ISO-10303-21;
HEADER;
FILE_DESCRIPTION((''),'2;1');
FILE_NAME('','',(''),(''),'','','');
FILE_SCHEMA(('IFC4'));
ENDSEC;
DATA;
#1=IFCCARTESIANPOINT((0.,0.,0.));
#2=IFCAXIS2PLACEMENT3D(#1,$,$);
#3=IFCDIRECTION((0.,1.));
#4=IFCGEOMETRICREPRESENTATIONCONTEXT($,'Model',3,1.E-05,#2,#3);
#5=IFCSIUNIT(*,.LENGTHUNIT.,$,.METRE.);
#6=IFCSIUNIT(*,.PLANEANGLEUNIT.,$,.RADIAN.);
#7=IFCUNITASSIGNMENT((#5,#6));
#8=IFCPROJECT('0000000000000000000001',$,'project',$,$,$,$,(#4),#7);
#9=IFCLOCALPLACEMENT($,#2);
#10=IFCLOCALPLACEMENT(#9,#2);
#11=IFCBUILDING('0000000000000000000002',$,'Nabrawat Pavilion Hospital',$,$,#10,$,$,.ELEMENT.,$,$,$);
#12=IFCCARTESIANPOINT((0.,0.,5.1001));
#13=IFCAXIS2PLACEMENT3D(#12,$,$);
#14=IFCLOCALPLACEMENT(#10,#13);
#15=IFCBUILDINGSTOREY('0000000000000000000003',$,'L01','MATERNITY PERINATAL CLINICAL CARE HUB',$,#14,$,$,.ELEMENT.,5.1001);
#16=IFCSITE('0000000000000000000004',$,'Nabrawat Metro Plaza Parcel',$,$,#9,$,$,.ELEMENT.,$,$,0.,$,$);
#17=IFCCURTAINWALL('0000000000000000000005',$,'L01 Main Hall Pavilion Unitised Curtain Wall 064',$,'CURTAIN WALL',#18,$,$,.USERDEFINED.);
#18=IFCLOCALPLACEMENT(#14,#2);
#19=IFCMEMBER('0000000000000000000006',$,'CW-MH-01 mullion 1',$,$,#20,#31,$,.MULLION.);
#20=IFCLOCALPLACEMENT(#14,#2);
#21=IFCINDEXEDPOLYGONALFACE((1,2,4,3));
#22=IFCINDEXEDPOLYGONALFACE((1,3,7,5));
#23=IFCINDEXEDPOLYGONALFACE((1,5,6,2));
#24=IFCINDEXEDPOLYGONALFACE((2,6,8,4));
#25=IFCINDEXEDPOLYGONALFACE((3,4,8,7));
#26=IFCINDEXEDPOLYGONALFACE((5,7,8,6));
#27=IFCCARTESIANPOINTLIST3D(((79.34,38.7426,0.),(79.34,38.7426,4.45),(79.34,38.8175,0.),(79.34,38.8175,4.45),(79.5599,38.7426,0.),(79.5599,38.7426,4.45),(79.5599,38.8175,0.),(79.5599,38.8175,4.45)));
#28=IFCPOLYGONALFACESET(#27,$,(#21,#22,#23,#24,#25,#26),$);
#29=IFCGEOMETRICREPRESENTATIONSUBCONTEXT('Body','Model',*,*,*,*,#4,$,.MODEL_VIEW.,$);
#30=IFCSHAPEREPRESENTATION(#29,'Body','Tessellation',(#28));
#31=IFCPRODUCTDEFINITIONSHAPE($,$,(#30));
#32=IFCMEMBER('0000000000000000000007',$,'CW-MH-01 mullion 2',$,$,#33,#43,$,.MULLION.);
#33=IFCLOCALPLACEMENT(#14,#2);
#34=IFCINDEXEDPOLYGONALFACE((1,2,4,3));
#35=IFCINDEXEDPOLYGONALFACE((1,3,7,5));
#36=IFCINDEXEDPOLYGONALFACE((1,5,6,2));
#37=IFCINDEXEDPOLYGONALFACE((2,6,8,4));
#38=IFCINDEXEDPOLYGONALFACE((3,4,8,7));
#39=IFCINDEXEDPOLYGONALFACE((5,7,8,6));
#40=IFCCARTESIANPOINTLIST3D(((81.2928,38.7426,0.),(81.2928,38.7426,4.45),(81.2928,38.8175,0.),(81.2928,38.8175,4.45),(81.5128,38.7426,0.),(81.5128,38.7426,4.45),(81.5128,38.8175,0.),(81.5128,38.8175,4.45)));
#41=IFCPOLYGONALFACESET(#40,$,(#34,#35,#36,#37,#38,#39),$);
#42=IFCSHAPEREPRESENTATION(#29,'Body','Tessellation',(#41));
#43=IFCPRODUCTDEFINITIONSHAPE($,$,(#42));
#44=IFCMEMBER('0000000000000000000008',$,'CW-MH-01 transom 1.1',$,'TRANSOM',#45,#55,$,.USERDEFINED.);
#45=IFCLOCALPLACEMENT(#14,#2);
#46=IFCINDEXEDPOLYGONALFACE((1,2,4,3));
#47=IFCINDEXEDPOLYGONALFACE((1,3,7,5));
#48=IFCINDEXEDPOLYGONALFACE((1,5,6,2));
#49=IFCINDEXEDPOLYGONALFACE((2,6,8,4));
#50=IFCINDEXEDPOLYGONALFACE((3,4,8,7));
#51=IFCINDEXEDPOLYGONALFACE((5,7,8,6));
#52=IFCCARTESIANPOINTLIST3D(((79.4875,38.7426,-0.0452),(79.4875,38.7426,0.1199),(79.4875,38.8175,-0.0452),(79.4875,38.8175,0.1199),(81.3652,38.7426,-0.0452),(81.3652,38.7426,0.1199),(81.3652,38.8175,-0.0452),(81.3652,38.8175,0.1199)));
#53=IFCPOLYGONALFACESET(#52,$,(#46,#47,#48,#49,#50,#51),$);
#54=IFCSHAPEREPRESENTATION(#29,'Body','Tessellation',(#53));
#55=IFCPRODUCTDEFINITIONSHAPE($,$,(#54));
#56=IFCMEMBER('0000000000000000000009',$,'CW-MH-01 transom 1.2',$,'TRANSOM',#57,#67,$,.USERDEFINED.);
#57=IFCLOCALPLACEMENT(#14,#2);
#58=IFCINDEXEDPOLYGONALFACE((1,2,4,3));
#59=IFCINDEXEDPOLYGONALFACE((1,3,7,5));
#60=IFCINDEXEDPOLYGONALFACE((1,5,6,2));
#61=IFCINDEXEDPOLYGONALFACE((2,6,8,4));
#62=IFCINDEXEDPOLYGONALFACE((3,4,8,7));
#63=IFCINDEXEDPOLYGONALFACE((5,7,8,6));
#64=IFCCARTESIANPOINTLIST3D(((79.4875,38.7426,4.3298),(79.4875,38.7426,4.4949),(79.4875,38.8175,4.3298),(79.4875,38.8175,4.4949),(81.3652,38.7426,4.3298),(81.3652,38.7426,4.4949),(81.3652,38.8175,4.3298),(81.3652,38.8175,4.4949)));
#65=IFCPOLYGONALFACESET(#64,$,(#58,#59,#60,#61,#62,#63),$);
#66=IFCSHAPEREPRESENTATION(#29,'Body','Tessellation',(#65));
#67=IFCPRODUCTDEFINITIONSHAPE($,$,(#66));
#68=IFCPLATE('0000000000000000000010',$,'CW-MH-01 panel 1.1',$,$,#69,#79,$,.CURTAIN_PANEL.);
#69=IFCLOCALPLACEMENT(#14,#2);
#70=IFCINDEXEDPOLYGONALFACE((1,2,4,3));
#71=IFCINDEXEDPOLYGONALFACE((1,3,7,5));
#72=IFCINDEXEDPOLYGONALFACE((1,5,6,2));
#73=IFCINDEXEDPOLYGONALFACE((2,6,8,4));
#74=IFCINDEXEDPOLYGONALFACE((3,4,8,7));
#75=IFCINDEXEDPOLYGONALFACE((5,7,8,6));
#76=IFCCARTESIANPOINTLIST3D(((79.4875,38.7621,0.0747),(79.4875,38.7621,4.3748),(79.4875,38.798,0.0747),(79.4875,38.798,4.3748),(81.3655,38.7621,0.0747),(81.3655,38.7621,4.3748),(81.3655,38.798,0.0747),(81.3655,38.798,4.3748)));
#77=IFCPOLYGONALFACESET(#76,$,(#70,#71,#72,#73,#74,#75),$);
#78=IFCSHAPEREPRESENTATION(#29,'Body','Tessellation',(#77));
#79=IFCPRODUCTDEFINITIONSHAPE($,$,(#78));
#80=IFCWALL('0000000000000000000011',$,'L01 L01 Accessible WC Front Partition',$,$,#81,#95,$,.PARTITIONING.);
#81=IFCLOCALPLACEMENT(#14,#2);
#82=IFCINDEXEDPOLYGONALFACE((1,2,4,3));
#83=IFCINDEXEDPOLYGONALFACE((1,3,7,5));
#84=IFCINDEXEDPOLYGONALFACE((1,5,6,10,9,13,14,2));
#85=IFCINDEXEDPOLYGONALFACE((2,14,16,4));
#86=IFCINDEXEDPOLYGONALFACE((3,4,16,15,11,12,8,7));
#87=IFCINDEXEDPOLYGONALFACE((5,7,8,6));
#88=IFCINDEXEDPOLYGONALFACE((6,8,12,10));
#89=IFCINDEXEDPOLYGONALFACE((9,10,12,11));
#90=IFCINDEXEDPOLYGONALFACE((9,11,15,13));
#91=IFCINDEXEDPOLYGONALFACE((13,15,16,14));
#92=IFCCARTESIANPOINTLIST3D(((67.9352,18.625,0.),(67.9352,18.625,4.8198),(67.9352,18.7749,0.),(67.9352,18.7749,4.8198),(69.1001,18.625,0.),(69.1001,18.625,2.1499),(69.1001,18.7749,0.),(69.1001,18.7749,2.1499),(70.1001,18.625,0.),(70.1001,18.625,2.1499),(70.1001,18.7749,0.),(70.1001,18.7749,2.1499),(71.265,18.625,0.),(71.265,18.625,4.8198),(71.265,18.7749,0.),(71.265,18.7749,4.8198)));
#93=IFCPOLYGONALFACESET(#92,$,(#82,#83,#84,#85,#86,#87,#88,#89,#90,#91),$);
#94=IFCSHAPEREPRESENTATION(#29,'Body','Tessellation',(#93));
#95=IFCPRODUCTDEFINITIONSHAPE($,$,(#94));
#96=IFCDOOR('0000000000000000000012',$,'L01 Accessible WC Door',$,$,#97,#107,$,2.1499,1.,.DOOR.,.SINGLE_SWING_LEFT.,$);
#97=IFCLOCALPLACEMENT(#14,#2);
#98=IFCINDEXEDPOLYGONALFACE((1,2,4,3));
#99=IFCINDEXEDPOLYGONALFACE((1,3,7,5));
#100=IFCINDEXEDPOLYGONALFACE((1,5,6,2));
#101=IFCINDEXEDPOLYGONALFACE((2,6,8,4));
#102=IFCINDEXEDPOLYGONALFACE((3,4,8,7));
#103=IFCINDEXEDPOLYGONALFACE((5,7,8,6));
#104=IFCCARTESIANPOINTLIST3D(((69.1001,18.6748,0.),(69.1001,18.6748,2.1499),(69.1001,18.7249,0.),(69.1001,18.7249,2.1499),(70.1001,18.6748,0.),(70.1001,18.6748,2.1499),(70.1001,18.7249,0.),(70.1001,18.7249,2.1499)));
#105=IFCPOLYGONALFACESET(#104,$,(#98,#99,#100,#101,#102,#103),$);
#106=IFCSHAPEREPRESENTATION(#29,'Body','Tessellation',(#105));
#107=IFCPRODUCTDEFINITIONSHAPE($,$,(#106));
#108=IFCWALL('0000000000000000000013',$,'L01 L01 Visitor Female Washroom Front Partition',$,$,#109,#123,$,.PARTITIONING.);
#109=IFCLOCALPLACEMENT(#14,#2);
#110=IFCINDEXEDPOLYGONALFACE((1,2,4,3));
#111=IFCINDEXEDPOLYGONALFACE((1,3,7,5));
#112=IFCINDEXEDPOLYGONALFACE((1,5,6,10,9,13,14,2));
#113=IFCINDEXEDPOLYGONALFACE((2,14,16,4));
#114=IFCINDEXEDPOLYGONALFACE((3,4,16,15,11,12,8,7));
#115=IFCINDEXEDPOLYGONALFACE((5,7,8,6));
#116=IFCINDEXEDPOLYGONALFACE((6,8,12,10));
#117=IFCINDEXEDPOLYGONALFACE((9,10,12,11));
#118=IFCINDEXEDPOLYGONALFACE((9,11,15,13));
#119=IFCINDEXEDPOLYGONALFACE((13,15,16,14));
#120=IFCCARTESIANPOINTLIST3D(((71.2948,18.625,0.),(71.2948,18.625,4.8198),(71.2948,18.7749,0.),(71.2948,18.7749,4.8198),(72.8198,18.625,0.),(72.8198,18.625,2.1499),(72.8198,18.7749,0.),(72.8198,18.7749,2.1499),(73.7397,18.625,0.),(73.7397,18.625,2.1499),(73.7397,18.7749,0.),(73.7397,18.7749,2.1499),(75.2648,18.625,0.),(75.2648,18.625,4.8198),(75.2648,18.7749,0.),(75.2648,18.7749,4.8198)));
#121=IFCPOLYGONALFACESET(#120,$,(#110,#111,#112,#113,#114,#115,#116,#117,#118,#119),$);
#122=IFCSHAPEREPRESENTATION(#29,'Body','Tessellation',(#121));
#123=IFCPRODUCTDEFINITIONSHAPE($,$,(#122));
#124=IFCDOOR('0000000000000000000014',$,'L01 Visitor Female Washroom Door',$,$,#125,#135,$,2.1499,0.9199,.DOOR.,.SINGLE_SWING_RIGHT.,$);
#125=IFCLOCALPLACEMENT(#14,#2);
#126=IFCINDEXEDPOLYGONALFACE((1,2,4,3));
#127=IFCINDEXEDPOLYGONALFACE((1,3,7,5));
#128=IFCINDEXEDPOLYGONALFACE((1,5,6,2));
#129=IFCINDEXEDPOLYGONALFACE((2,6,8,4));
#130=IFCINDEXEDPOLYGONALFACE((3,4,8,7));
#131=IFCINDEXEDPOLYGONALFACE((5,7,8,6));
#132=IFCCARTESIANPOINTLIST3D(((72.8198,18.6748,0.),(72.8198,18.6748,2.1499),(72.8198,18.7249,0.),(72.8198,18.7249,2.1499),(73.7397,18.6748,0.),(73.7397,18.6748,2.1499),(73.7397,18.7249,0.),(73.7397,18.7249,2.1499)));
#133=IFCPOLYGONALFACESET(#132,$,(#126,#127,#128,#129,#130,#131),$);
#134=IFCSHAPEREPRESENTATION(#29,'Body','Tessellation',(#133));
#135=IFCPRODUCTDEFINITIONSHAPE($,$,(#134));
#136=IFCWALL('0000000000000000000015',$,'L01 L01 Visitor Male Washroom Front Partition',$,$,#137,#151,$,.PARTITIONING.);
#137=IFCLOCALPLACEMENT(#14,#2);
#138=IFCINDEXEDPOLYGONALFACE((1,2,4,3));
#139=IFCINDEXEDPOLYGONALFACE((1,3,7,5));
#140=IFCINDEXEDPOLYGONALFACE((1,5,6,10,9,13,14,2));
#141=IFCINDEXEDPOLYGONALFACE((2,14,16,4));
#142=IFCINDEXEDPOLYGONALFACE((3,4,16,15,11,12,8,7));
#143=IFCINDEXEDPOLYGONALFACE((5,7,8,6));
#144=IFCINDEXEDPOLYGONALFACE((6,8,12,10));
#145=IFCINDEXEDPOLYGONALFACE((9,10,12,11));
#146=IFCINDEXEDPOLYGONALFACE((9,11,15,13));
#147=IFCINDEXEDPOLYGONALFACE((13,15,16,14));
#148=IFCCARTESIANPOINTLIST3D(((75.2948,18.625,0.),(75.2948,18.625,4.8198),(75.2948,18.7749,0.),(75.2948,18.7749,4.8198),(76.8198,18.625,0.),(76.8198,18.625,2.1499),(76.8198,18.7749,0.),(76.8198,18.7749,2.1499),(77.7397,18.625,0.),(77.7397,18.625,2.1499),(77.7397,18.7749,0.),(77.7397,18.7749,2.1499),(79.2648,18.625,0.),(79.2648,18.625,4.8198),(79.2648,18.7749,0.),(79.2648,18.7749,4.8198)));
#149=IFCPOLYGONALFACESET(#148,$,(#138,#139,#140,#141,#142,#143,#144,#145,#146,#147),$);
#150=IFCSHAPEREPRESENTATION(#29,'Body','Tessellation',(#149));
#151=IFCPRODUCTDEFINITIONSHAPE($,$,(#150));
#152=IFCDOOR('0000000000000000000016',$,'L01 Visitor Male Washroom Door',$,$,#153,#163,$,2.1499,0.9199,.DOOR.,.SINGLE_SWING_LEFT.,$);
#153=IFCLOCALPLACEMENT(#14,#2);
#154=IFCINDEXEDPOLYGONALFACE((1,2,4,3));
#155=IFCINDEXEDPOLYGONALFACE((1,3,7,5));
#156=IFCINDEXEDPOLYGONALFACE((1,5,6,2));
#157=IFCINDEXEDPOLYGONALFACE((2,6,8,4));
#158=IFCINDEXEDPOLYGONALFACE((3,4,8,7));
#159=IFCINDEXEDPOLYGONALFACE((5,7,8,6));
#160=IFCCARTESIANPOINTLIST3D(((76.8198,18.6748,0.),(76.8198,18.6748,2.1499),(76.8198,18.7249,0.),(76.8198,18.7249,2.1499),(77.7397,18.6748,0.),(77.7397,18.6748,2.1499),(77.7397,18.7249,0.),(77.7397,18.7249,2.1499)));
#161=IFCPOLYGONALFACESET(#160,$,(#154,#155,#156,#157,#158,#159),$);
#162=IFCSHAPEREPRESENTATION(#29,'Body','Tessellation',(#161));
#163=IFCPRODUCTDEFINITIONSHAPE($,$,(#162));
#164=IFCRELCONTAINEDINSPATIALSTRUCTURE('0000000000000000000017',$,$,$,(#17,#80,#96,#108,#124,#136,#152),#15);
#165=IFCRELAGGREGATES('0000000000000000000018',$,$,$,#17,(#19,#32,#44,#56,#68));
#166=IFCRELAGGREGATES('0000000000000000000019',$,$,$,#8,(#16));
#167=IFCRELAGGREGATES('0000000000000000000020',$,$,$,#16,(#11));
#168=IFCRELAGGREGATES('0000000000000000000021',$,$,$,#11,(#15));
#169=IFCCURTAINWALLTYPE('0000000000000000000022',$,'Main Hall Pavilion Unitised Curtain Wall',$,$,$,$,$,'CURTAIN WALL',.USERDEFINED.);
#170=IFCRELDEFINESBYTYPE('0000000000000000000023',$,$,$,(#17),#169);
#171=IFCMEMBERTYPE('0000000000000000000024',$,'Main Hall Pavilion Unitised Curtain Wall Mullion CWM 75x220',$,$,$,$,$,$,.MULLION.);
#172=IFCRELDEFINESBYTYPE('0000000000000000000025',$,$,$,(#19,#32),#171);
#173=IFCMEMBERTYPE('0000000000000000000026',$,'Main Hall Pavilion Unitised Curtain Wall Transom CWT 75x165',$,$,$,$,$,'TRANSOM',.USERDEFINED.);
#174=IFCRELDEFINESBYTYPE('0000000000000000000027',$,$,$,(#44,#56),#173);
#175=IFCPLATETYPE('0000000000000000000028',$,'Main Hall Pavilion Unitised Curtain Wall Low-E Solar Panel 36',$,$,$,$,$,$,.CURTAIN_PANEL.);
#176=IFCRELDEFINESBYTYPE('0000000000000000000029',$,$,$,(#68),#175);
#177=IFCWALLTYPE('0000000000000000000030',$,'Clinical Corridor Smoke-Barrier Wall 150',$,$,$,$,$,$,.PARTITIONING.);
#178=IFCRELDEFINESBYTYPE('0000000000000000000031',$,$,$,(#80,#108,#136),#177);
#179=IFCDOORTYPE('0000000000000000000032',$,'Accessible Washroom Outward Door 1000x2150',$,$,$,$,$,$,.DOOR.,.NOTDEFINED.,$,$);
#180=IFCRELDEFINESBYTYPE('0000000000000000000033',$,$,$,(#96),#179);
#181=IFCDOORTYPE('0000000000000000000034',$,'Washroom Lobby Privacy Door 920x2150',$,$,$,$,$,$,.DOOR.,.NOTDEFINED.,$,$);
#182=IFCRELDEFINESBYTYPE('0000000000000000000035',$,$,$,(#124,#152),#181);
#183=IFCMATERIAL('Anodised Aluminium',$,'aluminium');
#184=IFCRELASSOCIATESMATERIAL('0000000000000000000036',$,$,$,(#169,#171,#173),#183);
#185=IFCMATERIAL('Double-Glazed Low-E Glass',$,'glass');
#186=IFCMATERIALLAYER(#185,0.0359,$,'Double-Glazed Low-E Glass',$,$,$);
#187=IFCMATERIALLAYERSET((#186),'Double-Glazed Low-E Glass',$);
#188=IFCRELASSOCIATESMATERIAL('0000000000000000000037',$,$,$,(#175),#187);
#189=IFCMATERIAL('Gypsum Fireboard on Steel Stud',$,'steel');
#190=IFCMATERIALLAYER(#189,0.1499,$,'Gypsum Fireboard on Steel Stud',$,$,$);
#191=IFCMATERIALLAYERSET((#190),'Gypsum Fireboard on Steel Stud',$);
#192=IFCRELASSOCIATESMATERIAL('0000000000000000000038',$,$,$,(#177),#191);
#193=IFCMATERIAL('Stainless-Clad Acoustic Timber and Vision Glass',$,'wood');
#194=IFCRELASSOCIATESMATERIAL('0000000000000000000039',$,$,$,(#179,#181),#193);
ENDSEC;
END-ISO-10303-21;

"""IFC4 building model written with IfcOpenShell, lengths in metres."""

from ifc_helpers import new_model, si_unit, direction, frame, frame_2d, origin, origin_2d, place, context, subcontext, project, spatial, rectangle, extrude, material, layer, layer_set, material_profile, profile_set, type_object, element, fill, aggregate, save


model = new_model("IFC4")

# Units and contexts
model_context = context("Model", 3, precision=1e-05, world=origin(), true_north=direction((0.0, 1.0)))
body_context = subcontext(model_context, "Body", "Model", "MODEL_VIEW")
ifc_project = project(units=[si_unit("LENGTHUNIT", "METRE"), si_unit("PLANEANGLEUNIT", "RADIAN")], contexts=[model_context])

# Site, building, storey
site_placement = place(None, origin())
site = spatial("IfcSite", under=ifc_project, at=site_placement, Name="Nabrawat Metro Plaza Parcel", CompositionType="ELEMENT", RefElevation=0.0)
building_placement = place(site_placement, origin())
building = spatial("IfcBuilding", under=site, at=building_placement, Name="Nabrawat Pavilion Hospital", CompositionType="ELEMENT")
storey_placement = place(building_placement, frame((0.0, 0.0, 5.1001)))
storey = spatial("IfcBuildingStorey", under=building, at=storey_placement, Name="L01", Description="MATERNITY PERINATAL CLINICAL CARE HUB", CompositionType="ELEMENT", Elevation=5.1001)

# Curtain wall, members, plate
ifc_material_1 = material(Name="Anodised Aluminium", Category="aluminium")
curtain_wall_type = type_object("IfcCurtainWallType", Name="Main Hall Pavilion Unitised Curtain Wall", ElementType="CURTAIN WALL", PredefinedType="USERDEFINED", material=ifc_material_1)
curtain_wall_placement = place(storey_placement, origin())
curtain_wall = element("IfcCurtainWall", 1, at=curtain_wall_placement, inside=storey, type_object=curtain_wall_type, Name="L01 Main Hall Pavilion Unitised Curtain Wall 064", ObjectType="CURTAIN WALL", PredefinedType="USERDEFINED")
ifc_material_profile_1 = material_profile(ifc_material_1, rectangle(XDim=0.075, YDim=0.22, at=origin_2d()), Name="CWM 75x220")
ifc_profile_set_1 = profile_set([ifc_material_profile_1], Name="Anodised Aluminium")
member_type_1 = type_object("IfcMemberType", Name="Main Hall Pavilion Unitised Curtain Wall Mullion CWM 75x220", PredefinedType="MULLION", material=ifc_profile_set_1)
member_1_placement = place(storey_placement, frame((79.45, 38.78, 0.0), z_axis=(0.0, 0.0, 1.0), x_axis=(0.0, 1.0, 0.0)))
member_1 = element("IfcMember", 2, at=member_1_placement, type_object=member_type_1, Name="CW-MH-01 mullion 1", PredefinedType="MULLION", context=body_context, shape_type="SweptSolid", body=[
    extrude(rectangle(XDim=0.075, YDim=0.22, at=origin_2d()), origin(), (0.0, 0.0, 1.0), 4.45),
])
member_2_placement = place(storey_placement, frame((81.4028, 38.78, 0.0), z_axis=(0.0, 0.0, 1.0), x_axis=(0.0, 1.0, 0.0)))
member_2 = element("IfcMember", 3, at=member_2_placement, type_object=member_type_1, Name="CW-MH-01 mullion 2", PredefinedType="MULLION", context=body_context, shape_type="SweptSolid", body=[
    extrude(rectangle(XDim=0.075, YDim=0.22, at=origin_2d()), origin(), (0.0, 0.0, 1.0), 4.45),
])
ifc_material_profile_2 = material_profile(ifc_material_1, rectangle(XDim=0.075, YDim=0.165, at=origin_2d()), Name="CWT 75x165")
ifc_profile_set_2 = profile_set([ifc_material_profile_2], Name="Anodised Aluminium")
member_type_2 = type_object("IfcMemberType", Name="Main Hall Pavilion Unitised Curtain Wall Transom CWT 75x165", ElementType="TRANSOM", PredefinedType="USERDEFINED", material=ifc_profile_set_2)
member_3_placement = place(storey_placement, frame((79.4875, 38.78, 0.0374), z_axis=(1.0, 0.0, 0.0), x_axis=(0.0, 1.0, 0.0)))
member_3 = element("IfcMember", 4, at=member_3_placement, type_object=member_type_2, Name="CW-MH-01 transom 1.1", ObjectType="TRANSOM", PredefinedType="USERDEFINED", context=body_context, shape_type="SweptSolid", body=[
    extrude(rectangle(XDim=0.075, YDim=0.165, at=origin_2d()), origin(), (0.0, 0.0, 1.0), 1.8777),
])
member_4_placement = place(storey_placement, frame((79.4875, 38.78, 4.4124), z_axis=(1.0, 0.0, 0.0), x_axis=(0.0, 1.0, 0.0)))
member_4 = element("IfcMember", 5, at=member_4_placement, type_object=member_type_2, Name="CW-MH-01 transom 1.2", ObjectType="TRANSOM", PredefinedType="USERDEFINED", context=body_context, shape_type="SweptSolid", body=[
    extrude(rectangle(XDim=0.075, YDim=0.165, at=origin_2d()), origin(), (0.0, 0.0, 1.0), 1.8777),
])
ifc_material_2 = material(Name="Double-Glazed Low-E Glass", Category="glass")
ifc_layer_1 = layer(ifc_material_2, 0.0359, Name="Double-Glazed Low-E Glass")
ifc_layer_set_1 = layer_set([ifc_layer_1], Name="Double-Glazed Low-E Glass")
plate_type = type_object("IfcPlateType", Name="Main Hall Pavilion Unitised Curtain Wall Low-E Solar Panel 36", PredefinedType="CURTAIN_PANEL", material=ifc_layer_set_1)
plate_placement = place(storey_placement, frame((80.4265, 38.78, 0.0747), z_axis=(0.0, 0.0, 1.0), x_axis=(1.0, 0.0, 0.0)))
plate = element("IfcPlate", 6, at=plate_placement, type_object=plate_type, Name="CW-MH-01 panel 1.1", PredefinedType="CURTAIN_PANEL", context=body_context, shape_type="SweptSolid", body=[
    extrude(rectangle(XDim=1.8779, YDim=0.0359, at=origin_2d()), origin(), (0.0, 0.0, 1.0), 4.3),
])
aggregate(curtain_wall, [member_1, member_2, member_3, member_4, plate])

# Walls, openings, doors
ifc_material_3 = material(Name="Gypsum Fireboard on Steel Stud", Category="steel")
ifc_layer_2 = layer(ifc_material_3, 0.1499, Name="Gypsum Fireboard on Steel Stud")
ifc_layer_set_2 = layer_set([ifc_layer_2], Name="Gypsum Fireboard on Steel Stud")
wall_type_1 = type_object("IfcWallType", Name="Clinical Corridor Smoke-Barrier Wall 150", PredefinedType="PARTITIONING", material=ifc_layer_set_2)
wall_1_placement = place(storey_placement, frame((67.9351, 18.7, 0.0), z_axis=(0.0, 0.0, 1.0), x_axis=(1.0, 0.0, 0.0)))
wall_1 = element("IfcWall", 7, at=wall_1_placement, inside=storey, type_object=wall_type_1, Name="L01 L01 Accessible WC Front Partition", PredefinedType="PARTITIONING", context=body_context, shape_type="SweptSolid", body=[
    extrude(rectangle(XDim=3.3298, YDim=0.1499, at=frame_2d((1.665, 0.0))), origin(), (0.0, 0.0, 1.0), 4.8198),
])
opening_1_placement = place(wall_1_placement, frame((1.165, 0.0, 0.0)))
opening_1 = element("IfcOpeningElement", 8, at=opening_1_placement, cuts=wall_1, PredefinedType="OPENING", context=body_context, shape_type="SweptSolid", body=[
    extrude(rectangle(XDim=1.0, YDim=2.1499, at=frame_2d((0.5, 1.075))), frame((0.0, 0.085, 0.0), z_axis=(0.0, -1.0, 0.0), x_axis=(1.0, 0.0, 0.0)), (0.0, 0.0, 1.0), 0.1699),
])
ifc_material_4 = material(Name="Stainless-Clad Acoustic Timber and Vision Glass", Category="wood")
door_type_1 = type_object("IfcDoorType", Name="Accessible Washroom Outward Door 1000x2150", OperationType="NOTDEFINED", PredefinedType="DOOR", material=ifc_material_4)
door_1_placement = place(opening_1_placement, origin())
door_1 = element("IfcDoor", 9, at=door_1_placement, inside=storey, type_object=door_type_1, Name="L01 Accessible WC Door", OperationType="SINGLE_SWING_LEFT", OverallHeight=2.1499, OverallWidth=1.0, PredefinedType="DOOR", context=body_context, shape_type="SweptSolid", body=[
    extrude(rectangle(XDim=1.0, YDim=2.1499, at=frame_2d((0.5, 1.075))), frame((0.0, 0.0249, 0.0), z_axis=(0.0, -1.0, 0.0), x_axis=(1.0, 0.0, 0.0)), (0.0, 0.0, 1.0), 0.05),
])
fill(opening_1, door_1)
wall_2_placement = place(storey_placement, frame((71.2949, 18.7, 0.0), z_axis=(0.0, 0.0, 1.0), x_axis=(1.0, 0.0, 0.0)))
wall_2 = element("IfcWall", 10, at=wall_2_placement, inside=storey, type_object=wall_type_1, Name="L01 L01 Visitor Female Washroom Front Partition", PredefinedType="PARTITIONING", context=body_context, shape_type="SweptSolid", body=[
    extrude(rectangle(XDim=3.97, YDim=0.1499, at=frame_2d((1.9849, 0.0))), origin(), (0.0, 0.0, 1.0), 4.8198),
])
opening_2_placement = place(wall_2_placement, frame((1.5249, 0.0, 0.0)))
opening_2 = element("IfcOpeningElement", 11, at=opening_2_placement, cuts=wall_2, PredefinedType="OPENING", context=body_context, shape_type="SweptSolid", body=[
    extrude(rectangle(XDim=0.9199, YDim=2.1499, at=frame_2d((0.46, 1.075))), frame((0.0, 0.085, 0.0), z_axis=(0.0, -1.0, 0.0), x_axis=(1.0, 0.0, 0.0)), (0.0, 0.0, 1.0), 0.1699),
])
door_type_2 = type_object("IfcDoorType", Name="Washroom Lobby Privacy Door 920x2150", OperationType="NOTDEFINED", PredefinedType="DOOR", material=ifc_material_4)
door_2_placement = place(opening_2_placement, origin())
door_2 = element("IfcDoor", 12, at=door_2_placement, inside=storey, type_object=door_type_2, Name="L01 Visitor Female Washroom Door", OperationType="SINGLE_SWING_RIGHT", OverallHeight=2.1499, OverallWidth=0.9199, PredefinedType="DOOR", context=body_context, shape_type="SweptSolid", body=[
    extrude(rectangle(XDim=0.9199, YDim=2.1499, at=frame_2d((0.46, 1.075))), frame((0.0, 0.0249, 0.0), z_axis=(0.0, -1.0, 0.0), x_axis=(1.0, 0.0, 0.0)), (0.0, 0.0, 1.0), 0.05),
])
fill(opening_2, door_2)
wall_3_placement = place(storey_placement, frame((75.2949, 18.7, 0.0), z_axis=(0.0, 0.0, 1.0), x_axis=(1.0, 0.0, 0.0)))
wall_3 = element("IfcWall", 13, at=wall_3_placement, inside=storey, type_object=wall_type_1, Name="L01 L01 Visitor Male Washroom Front Partition", PredefinedType="PARTITIONING", context=body_context, shape_type="SweptSolid", body=[
    extrude(rectangle(XDim=3.97, YDim=0.1499, at=frame_2d((1.9849, 0.0))), origin(), (0.0, 0.0, 1.0), 4.8198),
])
opening_3_placement = place(wall_3_placement, frame((1.5249, 0.0, 0.0)))
opening_3 = element("IfcOpeningElement", 14, at=opening_3_placement, cuts=wall_3, PredefinedType="OPENING", context=body_context, shape_type="SweptSolid", body=[
    extrude(rectangle(XDim=0.9199, YDim=2.1499, at=frame_2d((0.46, 1.075))), frame((0.0, 0.085, 0.0), z_axis=(0.0, -1.0, 0.0), x_axis=(1.0, 0.0, 0.0)), (0.0, 0.0, 1.0), 0.1699),
])
door_3_placement = place(opening_3_placement, origin())
door_3 = element("IfcDoor", 15, at=door_3_placement, inside=storey, type_object=door_type_2, Name="L01 Visitor Male Washroom Door", OperationType="SINGLE_SWING_LEFT", OverallHeight=2.1499, OverallWidth=0.9199, PredefinedType="DOOR", context=body_context, shape_type="SweptSolid", body=[
    extrude(rectangle(XDim=0.9199, YDim=2.1499, at=frame_2d((0.46, 1.075))), frame((0.0, 0.0249, 0.0), z_axis=(0.0, -1.0, 0.0), x_axis=(1.0, 0.0, 0.0)), (0.0, 0.0, 1.0), 0.05),
])
fill(opening_3, door_3)

save(model, "model.ifc")
